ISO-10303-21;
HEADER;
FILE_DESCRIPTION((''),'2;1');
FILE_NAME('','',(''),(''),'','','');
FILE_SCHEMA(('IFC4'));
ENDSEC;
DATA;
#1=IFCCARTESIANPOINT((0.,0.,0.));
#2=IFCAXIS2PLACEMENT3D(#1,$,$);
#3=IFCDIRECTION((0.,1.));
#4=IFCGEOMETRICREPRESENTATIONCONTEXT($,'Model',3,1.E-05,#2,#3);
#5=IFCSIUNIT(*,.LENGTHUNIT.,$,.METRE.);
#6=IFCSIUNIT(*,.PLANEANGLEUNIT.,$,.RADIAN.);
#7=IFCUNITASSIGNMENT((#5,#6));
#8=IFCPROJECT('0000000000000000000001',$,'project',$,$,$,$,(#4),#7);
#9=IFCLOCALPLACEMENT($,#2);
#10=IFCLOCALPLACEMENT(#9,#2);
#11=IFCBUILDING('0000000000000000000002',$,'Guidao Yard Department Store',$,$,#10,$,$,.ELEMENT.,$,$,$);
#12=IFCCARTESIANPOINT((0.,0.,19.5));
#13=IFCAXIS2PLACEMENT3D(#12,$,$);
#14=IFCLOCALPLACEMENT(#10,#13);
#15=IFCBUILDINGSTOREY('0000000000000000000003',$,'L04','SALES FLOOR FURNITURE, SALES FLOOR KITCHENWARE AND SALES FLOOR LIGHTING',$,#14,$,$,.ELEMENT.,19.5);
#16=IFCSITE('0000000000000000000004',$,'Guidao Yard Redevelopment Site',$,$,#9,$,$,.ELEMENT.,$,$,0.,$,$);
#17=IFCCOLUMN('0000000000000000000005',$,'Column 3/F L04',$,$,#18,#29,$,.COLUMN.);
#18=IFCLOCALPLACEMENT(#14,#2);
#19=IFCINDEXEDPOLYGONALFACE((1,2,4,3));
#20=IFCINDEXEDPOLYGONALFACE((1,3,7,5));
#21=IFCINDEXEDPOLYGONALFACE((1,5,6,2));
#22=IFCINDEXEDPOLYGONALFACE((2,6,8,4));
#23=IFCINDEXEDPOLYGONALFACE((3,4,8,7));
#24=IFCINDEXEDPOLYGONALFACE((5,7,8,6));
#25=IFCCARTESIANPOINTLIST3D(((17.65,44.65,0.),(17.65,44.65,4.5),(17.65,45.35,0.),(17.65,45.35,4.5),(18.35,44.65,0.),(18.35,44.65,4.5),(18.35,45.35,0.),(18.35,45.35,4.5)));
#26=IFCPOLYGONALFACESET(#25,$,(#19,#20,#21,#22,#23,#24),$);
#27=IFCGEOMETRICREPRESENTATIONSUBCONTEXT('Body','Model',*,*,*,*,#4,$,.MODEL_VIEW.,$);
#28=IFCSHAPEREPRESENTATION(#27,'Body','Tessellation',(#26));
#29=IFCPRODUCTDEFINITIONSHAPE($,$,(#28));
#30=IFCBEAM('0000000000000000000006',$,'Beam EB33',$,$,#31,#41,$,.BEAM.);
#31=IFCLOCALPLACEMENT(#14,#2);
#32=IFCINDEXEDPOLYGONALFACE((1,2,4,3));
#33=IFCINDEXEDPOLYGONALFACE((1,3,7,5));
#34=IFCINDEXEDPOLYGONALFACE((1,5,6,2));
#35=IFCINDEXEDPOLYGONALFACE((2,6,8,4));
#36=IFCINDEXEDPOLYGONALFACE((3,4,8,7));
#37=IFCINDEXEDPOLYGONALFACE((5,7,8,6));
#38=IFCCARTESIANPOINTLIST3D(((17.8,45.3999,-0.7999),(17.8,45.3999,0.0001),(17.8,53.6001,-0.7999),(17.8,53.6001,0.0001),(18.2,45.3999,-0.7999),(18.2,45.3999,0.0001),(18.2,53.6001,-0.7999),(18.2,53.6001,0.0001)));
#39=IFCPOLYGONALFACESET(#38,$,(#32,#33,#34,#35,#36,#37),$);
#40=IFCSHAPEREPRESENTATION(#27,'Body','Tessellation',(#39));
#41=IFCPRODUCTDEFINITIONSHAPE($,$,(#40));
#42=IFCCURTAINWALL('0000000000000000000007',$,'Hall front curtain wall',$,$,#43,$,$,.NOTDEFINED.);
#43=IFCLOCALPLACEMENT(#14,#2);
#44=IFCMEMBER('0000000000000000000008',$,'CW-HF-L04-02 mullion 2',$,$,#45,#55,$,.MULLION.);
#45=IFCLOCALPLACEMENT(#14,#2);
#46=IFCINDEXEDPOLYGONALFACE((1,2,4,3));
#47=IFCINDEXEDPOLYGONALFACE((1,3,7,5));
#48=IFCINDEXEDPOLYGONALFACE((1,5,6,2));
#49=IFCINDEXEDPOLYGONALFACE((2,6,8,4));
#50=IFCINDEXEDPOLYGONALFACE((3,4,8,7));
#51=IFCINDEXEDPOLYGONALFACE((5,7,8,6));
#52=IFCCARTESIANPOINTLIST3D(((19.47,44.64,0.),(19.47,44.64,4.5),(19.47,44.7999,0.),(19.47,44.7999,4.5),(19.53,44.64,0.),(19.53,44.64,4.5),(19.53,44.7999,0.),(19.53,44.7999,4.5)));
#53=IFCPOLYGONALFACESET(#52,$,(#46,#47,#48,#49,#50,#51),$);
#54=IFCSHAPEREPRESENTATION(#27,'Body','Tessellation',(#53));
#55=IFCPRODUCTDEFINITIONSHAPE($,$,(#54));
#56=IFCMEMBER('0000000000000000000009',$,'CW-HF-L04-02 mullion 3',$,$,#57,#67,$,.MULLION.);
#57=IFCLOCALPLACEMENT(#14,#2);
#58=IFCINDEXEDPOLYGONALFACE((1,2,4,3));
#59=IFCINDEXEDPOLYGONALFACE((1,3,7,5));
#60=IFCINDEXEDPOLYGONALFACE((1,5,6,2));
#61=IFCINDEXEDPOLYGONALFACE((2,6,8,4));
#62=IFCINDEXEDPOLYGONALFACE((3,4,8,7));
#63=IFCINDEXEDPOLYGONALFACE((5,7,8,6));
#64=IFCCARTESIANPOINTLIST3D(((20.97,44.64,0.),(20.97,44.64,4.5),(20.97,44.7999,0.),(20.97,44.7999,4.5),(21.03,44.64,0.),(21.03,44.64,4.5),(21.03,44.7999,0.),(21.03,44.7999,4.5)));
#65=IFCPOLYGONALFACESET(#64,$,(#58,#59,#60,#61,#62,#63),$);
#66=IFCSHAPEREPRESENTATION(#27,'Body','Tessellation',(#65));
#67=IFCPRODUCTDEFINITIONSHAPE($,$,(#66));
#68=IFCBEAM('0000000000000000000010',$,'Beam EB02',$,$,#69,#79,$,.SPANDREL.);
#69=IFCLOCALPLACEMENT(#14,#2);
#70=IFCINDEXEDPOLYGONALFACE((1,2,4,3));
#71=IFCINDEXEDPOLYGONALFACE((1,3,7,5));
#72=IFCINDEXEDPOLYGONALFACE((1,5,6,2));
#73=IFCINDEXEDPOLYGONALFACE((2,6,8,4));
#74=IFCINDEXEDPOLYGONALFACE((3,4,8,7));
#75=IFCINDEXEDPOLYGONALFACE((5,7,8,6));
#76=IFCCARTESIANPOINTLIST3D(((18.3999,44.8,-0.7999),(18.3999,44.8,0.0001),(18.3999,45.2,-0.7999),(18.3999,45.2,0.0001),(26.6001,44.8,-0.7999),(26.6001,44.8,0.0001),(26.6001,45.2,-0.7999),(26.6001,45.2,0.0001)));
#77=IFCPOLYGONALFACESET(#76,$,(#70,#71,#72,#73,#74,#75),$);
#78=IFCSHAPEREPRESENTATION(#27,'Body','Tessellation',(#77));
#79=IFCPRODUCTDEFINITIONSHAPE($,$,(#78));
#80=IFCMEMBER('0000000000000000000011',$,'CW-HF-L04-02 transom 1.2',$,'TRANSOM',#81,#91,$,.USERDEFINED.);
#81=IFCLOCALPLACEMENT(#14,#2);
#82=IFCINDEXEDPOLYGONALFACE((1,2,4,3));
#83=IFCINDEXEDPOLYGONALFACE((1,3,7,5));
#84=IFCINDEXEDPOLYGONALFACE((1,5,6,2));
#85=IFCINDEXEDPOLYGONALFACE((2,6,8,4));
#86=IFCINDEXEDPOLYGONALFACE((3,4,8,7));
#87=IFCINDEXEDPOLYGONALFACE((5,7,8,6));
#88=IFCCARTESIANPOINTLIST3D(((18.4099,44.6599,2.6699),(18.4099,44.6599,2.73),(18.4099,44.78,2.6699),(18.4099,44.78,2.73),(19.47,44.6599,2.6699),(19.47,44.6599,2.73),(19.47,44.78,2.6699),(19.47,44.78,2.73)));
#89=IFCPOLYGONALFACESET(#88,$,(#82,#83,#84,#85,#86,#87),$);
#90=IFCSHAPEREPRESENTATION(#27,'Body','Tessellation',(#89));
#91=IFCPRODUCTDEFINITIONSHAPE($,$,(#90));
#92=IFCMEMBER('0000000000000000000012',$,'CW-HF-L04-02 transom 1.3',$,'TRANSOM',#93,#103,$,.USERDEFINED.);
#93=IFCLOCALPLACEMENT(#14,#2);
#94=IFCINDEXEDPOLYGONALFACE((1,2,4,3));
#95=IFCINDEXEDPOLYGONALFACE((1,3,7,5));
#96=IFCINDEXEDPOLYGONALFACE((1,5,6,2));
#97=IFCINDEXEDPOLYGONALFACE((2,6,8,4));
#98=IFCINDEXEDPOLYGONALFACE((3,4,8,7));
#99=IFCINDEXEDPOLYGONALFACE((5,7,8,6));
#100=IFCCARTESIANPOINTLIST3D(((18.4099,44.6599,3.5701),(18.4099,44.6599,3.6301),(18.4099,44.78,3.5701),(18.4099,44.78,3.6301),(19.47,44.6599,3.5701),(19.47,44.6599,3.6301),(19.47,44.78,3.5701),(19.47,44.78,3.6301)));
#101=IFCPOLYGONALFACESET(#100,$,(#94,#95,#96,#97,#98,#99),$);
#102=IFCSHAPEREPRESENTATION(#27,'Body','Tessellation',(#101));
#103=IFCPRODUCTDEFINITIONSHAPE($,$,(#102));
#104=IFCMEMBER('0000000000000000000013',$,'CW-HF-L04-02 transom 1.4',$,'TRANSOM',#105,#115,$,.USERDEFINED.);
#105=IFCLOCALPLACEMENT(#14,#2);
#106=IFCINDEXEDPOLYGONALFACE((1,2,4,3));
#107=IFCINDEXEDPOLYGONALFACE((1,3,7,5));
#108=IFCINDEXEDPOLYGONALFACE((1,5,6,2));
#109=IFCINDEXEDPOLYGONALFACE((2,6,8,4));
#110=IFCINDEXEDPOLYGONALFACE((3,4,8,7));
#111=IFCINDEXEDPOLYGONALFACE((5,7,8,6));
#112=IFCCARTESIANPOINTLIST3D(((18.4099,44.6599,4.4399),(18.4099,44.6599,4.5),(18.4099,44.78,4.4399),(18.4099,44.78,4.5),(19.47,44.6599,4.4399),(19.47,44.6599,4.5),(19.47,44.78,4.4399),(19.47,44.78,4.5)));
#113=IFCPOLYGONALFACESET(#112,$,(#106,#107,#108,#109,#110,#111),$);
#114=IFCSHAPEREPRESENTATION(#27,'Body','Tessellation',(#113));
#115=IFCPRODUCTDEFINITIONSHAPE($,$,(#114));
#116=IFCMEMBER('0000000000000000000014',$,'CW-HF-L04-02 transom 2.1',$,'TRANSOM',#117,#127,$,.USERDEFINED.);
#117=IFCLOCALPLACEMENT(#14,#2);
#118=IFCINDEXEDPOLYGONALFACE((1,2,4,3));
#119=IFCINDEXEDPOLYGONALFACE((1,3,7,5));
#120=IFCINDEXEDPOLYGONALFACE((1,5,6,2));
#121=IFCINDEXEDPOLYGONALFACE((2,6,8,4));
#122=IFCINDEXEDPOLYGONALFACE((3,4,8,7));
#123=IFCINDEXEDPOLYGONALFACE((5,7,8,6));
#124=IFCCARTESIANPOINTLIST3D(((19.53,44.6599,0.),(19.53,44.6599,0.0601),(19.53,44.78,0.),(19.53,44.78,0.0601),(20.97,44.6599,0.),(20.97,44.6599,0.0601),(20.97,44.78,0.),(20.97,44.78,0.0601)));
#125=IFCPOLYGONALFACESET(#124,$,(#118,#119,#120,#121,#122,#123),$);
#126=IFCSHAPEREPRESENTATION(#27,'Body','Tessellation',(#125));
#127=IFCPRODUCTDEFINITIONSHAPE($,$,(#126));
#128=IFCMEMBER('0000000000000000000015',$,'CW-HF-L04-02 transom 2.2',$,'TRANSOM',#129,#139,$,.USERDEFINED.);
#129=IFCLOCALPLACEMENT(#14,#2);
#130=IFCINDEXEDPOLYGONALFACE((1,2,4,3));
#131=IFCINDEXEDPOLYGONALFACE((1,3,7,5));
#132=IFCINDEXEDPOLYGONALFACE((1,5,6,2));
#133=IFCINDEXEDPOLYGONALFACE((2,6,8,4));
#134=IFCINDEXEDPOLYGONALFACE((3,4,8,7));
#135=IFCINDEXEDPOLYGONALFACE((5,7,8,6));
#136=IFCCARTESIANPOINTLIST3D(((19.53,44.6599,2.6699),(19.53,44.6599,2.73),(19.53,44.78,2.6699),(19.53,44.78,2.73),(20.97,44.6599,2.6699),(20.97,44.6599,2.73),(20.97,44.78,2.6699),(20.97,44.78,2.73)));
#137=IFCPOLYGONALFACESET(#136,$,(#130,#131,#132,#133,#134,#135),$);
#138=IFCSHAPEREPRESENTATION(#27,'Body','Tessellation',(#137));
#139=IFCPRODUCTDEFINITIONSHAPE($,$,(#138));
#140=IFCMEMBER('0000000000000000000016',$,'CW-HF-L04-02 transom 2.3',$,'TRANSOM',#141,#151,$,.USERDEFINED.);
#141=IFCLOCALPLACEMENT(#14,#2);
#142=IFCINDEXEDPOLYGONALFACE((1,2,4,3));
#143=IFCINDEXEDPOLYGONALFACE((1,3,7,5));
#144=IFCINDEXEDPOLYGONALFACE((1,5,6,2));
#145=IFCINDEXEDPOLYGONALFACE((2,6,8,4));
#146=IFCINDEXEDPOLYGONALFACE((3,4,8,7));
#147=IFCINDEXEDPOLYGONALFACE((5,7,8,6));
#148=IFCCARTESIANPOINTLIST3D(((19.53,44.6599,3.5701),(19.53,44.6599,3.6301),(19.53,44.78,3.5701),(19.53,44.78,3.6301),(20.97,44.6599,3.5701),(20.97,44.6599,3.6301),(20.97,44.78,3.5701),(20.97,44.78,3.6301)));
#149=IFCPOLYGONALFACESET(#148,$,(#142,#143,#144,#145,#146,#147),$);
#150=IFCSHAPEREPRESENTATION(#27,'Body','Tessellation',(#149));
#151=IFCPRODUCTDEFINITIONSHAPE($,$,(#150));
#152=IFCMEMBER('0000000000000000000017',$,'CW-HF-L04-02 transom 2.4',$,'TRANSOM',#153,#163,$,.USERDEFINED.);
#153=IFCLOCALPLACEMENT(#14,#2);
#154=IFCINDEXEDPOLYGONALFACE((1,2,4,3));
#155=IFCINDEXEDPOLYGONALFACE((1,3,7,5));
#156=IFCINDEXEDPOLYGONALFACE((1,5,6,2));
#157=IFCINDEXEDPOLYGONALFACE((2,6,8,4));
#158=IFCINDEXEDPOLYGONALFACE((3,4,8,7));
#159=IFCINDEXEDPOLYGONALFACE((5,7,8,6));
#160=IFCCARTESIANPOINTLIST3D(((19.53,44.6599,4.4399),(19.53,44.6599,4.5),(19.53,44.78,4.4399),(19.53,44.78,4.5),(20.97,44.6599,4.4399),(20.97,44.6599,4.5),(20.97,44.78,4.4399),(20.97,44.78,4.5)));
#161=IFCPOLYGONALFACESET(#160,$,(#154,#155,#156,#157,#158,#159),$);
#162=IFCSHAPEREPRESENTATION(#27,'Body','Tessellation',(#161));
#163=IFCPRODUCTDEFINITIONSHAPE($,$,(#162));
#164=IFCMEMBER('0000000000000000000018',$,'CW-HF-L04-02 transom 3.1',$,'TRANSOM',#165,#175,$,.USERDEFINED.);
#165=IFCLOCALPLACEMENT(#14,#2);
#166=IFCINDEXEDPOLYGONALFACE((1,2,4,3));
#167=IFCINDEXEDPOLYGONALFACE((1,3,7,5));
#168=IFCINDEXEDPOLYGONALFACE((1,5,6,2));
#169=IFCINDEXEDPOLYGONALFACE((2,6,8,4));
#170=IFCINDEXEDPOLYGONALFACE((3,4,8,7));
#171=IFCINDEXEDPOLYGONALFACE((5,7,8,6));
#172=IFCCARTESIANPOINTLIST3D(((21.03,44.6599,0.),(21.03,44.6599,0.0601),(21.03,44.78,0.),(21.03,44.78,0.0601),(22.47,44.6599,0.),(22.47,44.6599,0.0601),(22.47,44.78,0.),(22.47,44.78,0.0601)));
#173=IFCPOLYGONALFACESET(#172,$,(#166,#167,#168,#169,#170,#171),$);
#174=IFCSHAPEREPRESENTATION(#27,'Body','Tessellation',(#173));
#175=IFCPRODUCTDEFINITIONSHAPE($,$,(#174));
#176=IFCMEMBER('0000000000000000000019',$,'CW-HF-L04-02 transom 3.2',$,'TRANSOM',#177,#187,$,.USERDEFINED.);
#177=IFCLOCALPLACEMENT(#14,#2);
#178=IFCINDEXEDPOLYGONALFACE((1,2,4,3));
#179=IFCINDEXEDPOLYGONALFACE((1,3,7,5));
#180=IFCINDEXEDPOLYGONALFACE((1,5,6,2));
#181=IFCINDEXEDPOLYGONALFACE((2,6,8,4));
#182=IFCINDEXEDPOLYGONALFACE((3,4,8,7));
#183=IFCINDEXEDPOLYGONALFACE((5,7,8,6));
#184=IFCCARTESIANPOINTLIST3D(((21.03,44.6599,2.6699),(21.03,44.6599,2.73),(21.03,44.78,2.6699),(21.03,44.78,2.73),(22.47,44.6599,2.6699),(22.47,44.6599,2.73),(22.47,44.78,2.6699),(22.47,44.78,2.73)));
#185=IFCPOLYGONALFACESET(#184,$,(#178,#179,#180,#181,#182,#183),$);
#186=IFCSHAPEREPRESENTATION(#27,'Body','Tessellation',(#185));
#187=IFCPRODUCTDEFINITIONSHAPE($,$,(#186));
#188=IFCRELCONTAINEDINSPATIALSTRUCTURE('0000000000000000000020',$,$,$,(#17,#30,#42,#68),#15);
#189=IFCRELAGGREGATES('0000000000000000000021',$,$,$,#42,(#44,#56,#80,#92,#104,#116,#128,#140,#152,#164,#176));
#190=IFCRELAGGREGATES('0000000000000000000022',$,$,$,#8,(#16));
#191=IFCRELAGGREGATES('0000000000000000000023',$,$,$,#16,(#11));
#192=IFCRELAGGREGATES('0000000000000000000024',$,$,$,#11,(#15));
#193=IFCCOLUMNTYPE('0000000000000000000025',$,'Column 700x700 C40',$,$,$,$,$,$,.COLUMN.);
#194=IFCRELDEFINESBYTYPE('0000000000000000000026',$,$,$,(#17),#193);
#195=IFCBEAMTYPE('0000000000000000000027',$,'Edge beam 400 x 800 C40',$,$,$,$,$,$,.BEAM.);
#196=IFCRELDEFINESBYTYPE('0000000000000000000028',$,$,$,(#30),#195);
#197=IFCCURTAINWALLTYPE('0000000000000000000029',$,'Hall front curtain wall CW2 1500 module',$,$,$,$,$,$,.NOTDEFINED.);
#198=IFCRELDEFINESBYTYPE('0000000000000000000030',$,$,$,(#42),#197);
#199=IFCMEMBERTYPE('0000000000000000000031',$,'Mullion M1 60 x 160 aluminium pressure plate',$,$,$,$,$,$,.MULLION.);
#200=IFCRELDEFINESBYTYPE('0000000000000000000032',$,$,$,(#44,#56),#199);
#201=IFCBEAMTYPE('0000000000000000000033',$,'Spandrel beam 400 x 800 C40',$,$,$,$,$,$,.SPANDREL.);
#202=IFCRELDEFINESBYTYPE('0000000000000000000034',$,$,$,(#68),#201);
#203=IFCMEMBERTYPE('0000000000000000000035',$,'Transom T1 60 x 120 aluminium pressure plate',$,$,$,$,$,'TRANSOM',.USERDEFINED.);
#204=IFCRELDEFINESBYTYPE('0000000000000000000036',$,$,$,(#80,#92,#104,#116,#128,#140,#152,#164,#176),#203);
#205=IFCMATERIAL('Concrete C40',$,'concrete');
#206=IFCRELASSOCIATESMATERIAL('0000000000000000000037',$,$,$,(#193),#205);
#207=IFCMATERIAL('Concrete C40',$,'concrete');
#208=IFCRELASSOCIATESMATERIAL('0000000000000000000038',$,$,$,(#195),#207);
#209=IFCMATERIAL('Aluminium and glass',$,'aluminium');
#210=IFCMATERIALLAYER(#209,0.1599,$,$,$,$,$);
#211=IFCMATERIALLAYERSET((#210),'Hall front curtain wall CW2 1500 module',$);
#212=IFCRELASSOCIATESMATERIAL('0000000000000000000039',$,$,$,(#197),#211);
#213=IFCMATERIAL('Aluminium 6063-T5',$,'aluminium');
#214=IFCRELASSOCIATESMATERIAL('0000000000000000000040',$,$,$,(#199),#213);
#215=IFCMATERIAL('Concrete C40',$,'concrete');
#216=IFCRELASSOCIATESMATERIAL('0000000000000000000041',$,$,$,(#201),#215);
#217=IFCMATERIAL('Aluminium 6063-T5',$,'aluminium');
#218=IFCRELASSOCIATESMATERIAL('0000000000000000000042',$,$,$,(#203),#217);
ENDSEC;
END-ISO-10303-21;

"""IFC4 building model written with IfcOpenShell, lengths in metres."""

from ifc_helpers import new_model, si_unit, direction, frame, origin, origin_2d, place, context, subcontext, project, spatial, rectangle, extrude, material, layer, layer_set, material_profile, profile_set, type_object, element, aggregate, save


model = new_model("IFC4")

# Units and contexts
model_context = context("Model", 3, precision=1e-05, world=origin(), true_north=direction((0.0, 1.0)))
body_context = subcontext(model_context, "Body", "Model", "MODEL_VIEW")
ifc_project = project(units=[si_unit("LENGTHUNIT", "METRE"), si_unit("PLANEANGLEUNIT", "RADIAN")], contexts=[model_context])

# Site, building, storey
site_placement = place(None, origin())
site = spatial("IfcSite", under=ifc_project, at=site_placement, Name="Guidao Yard Redevelopment Site", CompositionType="ELEMENT", RefElevation=0.0)
building_placement = place(site_placement, origin())
building = spatial("IfcBuilding", under=site, at=building_placement, Name="Guidao Yard Department Store", CompositionType="ELEMENT")
storey_placement = place(building_placement, frame((0.0, 0.0, 19.5)))
storey = spatial("IfcBuildingStorey", under=building, at=storey_placement, Name="L04", Description="SALES FLOOR FURNITURE, SALES FLOOR KITCHENWARE AND SALES FLOOR LIGHTING", CompositionType="ELEMENT", Elevation=19.5)

# Column
ifc_material_1 = material(Name="Concrete C40", Category="concrete")
ifc_material_profile_1 = material_profile(ifc_material_1, rectangle(XDim=0.7, YDim=0.7, at=origin_2d()), Name="COL 700x700")
ifc_profile_set_1 = profile_set([ifc_material_profile_1], Name="Concrete C40")
column_type = type_object("IfcColumnType", Name="Column 700x700 C40", PredefinedType="COLUMN", material=ifc_profile_set_1)
column_placement = place(storey_placement, frame((18.0, 45.0, 0.0), z_axis=(0.0, 0.0, 1.0), x_axis=(1.0, 0.0, 0.0)))
element("IfcColumn", 1, at=column_placement, inside=storey, type_object=column_type, Name="Column 3/F L04", PredefinedType="COLUMN", context=body_context, shape_type="SweptSolid", body=[
    extrude(rectangle(XDim=0.7, YDim=0.7, at=origin_2d()), origin(), (0.0, 0.0, 1.0), 4.5),
])

# Beam
ifc_material_2 = material(Name="Concrete C40", Category="concrete")
ifc_material_profile_2 = material_profile(ifc_material_2, rectangle(XDim=0.3999, YDim=0.8, at=origin_2d()), Name="Edge beam 400 x 800 C40")
ifc_profile_set_2 = profile_set([ifc_material_profile_2], Name="Concrete C40")
beam_type_1 = type_object("IfcBeamType", Name="Edge beam 400 x 800 C40", PredefinedType="BEAM", material=ifc_profile_set_2)
beam_1_placement = place(storey_placement, frame((18.0, 45.3999, -0.3999), z_axis=(0.0, 1.0, 0.0), x_axis=(-1.0, 0.0, 0.0)))
element("IfcBeam", 2, at=beam_1_placement, inside=storey, type_object=beam_type_1, Name="Beam EB33", PredefinedType="BEAM", context=body_context, shape_type="SweptSolid", body=[
    extrude(rectangle(XDim=0.3999, YDim=0.8, at=origin_2d()), origin(), (0.0, 0.0, 1.0), 8.2002),
])

# Curtain wall, members
ifc_material_3 = material(Name="Aluminium and glass", Category="aluminium")
ifc_layer_1 = layer(ifc_material_3, 0.1599)
ifc_layer_set_1 = layer_set([ifc_layer_1], Name="Hall front curtain wall CW2 1500 module")
curtain_wall_type = type_object("IfcCurtainWallType", Name="Hall front curtain wall CW2 1500 module", PredefinedType="NOTDEFINED", material=ifc_layer_set_1)
curtain_wall_placement = place(storey_placement, origin())
curtain_wall = element("IfcCurtainWall", 3, at=curtain_wall_placement, inside=storey, type_object=curtain_wall_type, Name="Hall front curtain wall", PredefinedType="NOTDEFINED")
ifc_material_4 = material(Name="Aluminium 6063-T5", Category="aluminium")
ifc_material_profile_3 = material_profile(ifc_material_4, rectangle(XDim=0.0601, YDim=0.1599, at=origin_2d()), Name="Mullion M1 60 x 160 aluminium pressure plate")
ifc_profile_set_3 = profile_set([ifc_material_profile_3], Name="Aluminium 6063-T5")
member_type_1 = type_object("IfcMemberType", Name="Mullion M1 60 x 160 aluminium pressure plate", PredefinedType="MULLION", material=ifc_profile_set_3)
member_1_placement = place(storey_placement, frame((19.5, 44.72, 0.0), z_axis=(0.0, 0.0, 1.0), x_axis=(-1.0, 0.0, 0.0)))
member_1 = element("IfcMember", 4, at=member_1_placement, type_object=member_type_1, Name="CW-HF-L04-02 mullion 2", PredefinedType="MULLION", context=body_context, shape_type="SweptSolid", body=[
    extrude(rectangle(XDim=0.0601, YDim=0.1599, at=origin_2d()), origin(), (0.0, 0.0, 1.0), 4.5),
])
member_2_placement = place(storey_placement, frame((21.0, 44.72, 0.0), z_axis=(0.0, 0.0, 1.0), x_axis=(-1.0, 0.0, 0.0)))
member_2 = element("IfcMember", 5, at=member_2_placement, type_object=member_type_1, Name="CW-HF-L04-02 mullion 3", PredefinedType="MULLION", context=body_context, shape_type="SweptSolid", body=[
    extrude(rectangle(XDim=0.0601, YDim=0.1599, at=origin_2d()), origin(), (0.0, 0.0, 1.0), 4.5),
])

# Beam
ifc_material_5 = material(Name="Concrete C40", Category="concrete")
ifc_material_profile_4 = material_profile(ifc_material_5, rectangle(XDim=0.3999, YDim=0.8, at=origin_2d()), Name="Spandrel beam 400 x 800 C40")
ifc_profile_set_4 = profile_set([ifc_material_profile_4], Name="Concrete C40")
beam_type_2 = type_object("IfcBeamType", Name="Spandrel beam 400 x 800 C40", PredefinedType="SPANDREL", material=ifc_profile_set_4)
beam_2_placement = place(storey_placement, frame((18.3999, 45.0, -0.3999), z_axis=(1.0, 0.0, 0.0), x_axis=(0.0, 1.0, 0.0)))
element("IfcBeam", 6, at=beam_2_placement, inside=storey, type_object=beam_type_2, Name="Beam EB02", PredefinedType="SPANDREL", context=body_context, shape_type="SweptSolid", body=[
    extrude(rectangle(XDim=0.3999, YDim=0.8, at=origin_2d()), origin(), (0.0, 0.0, 1.0), 8.2002),
])

# Members
ifc_material_6 = material(Name="Aluminium 6063-T5", Category="aluminium")
ifc_material_profile_5 = material_profile(ifc_material_6, rectangle(XDim=0.1201, YDim=0.0601, at=origin_2d()), Name="Transom T1 60 x 120 aluminium pressure plate")
ifc_profile_set_5 = profile_set([ifc_material_profile_5], Name="Aluminium 6063-T5")
member_type_2 = type_object("IfcMemberType", Name="Transom T1 60 x 120 aluminium pressure plate", ElementType="TRANSOM", PredefinedType="USERDEFINED", material=ifc_profile_set_5)
member_3_placement = place(storey_placement, frame((19.47, 44.72, 2.7), z_axis=(-1.0, 0.0, 0.0), x_axis=(0.0, -1.0, 0.0)))
member_3 = element("IfcMember", 7, at=member_3_placement, type_object=member_type_2, Name="CW-HF-L04-02 transom 1.2", ObjectType="TRANSOM", PredefinedType="USERDEFINED", context=body_context, shape_type="SweptSolid", body=[
    extrude(rectangle(XDim=0.1201, YDim=0.0601, at=origin_2d()), origin(), (0.0, 0.0, 1.0), 1.0601),
])
member_4_placement = place(storey_placement, frame((19.47, 44.72, 3.6001), z_axis=(-1.0, 0.0, 0.0), x_axis=(0.0, -1.0, 0.0)))
member_4 = element("IfcMember", 8, at=member_4_placement, type_object=member_type_2, Name="CW-HF-L04-02 transom 1.3", ObjectType="TRANSOM", PredefinedType="USERDEFINED", context=body_context, shape_type="SweptSolid", body=[
    extrude(rectangle(XDim=0.1201, YDim=0.0601, at=origin_2d()), origin(), (0.0, 0.0, 1.0), 1.0601),
])
member_5_placement = place(storey_placement, frame((19.47, 44.72, 4.47), z_axis=(-1.0, 0.0, 0.0), x_axis=(0.0, -1.0, 0.0)))
member_5 = element("IfcMember", 9, at=member_5_placement, type_object=member_type_2, Name="CW-HF-L04-02 transom 1.4", ObjectType="TRANSOM", PredefinedType="USERDEFINED", context=body_context, shape_type="SweptSolid", body=[
    extrude(rectangle(XDim=0.1201, YDim=0.0601, at=origin_2d()), origin(), (0.0, 0.0, 1.0), 1.0601),
])
member_6_placement = place(storey_placement, frame((20.97, 44.72, 0.03), z_axis=(-1.0, 0.0, 0.0), x_axis=(0.0, -1.0, 0.0)))
member_6 = element("IfcMember", 10, at=member_6_placement, type_object=member_type_2, Name="CW-HF-L04-02 transom 2.1", ObjectType="TRANSOM", PredefinedType="USERDEFINED", context=body_context, shape_type="SweptSolid", body=[
    extrude(rectangle(XDim=0.1201, YDim=0.0601, at=origin_2d()), origin(), (0.0, 0.0, 1.0), 1.4399),
])
member_7_placement = place(storey_placement, frame((20.97, 44.72, 2.7), z_axis=(-1.0, 0.0, 0.0), x_axis=(0.0, -1.0, 0.0)))
member_7 = element("IfcMember", 11, at=member_7_placement, type_object=member_type_2, Name="CW-HF-L04-02 transom 2.2", ObjectType="TRANSOM", PredefinedType="USERDEFINED", context=body_context, shape_type="SweptSolid", body=[
    extrude(rectangle(XDim=0.1201, YDim=0.0601, at=origin_2d()), origin(), (0.0, 0.0, 1.0), 1.4399),
])
member_8_placement = place(storey_placement, frame((20.97, 44.72, 3.6001), z_axis=(-1.0, 0.0, 0.0), x_axis=(0.0, -1.0, 0.0)))
member_8 = element("IfcMember", 12, at=member_8_placement, type_object=member_type_2, Name="CW-HF-L04-02 transom 2.3", ObjectType="TRANSOM", PredefinedType="USERDEFINED", context=body_context, shape_type="SweptSolid", body=[
    extrude(rectangle(XDim=0.1201, YDim=0.0601, at=origin_2d()), origin(), (0.0, 0.0, 1.0), 1.4399),
])
member_9_placement = place(storey_placement, frame((20.97, 44.72, 4.47), z_axis=(-1.0, 0.0, 0.0), x_axis=(0.0, -1.0, 0.0)))
member_9 = element("IfcMember", 13, at=member_9_placement, type_object=member_type_2, Name="CW-HF-L04-02 transom 2.4", ObjectType="TRANSOM", PredefinedType="USERDEFINED", context=body_context, shape_type="SweptSolid", body=[
    extrude(rectangle(XDim=0.1201, YDim=0.0601, at=origin_2d()), origin(), (0.0, 0.0, 1.0), 1.4399),
])
member_10_placement = place(storey_placement, frame((22.47, 44.72, 0.03), z_axis=(-1.0, 0.0, 0.0), x_axis=(0.0, -1.0, 0.0)))
member_10 = element("IfcMember", 14, at=member_10_placement, type_object=member_type_2, Name="CW-HF-L04-02 transom 3.1", ObjectType="TRANSOM", PredefinedType="USERDEFINED", context=body_context, shape_type="SweptSolid", body=[
    extrude(rectangle(XDim=0.1201, YDim=0.0601, at=origin_2d()), origin(), (0.0, 0.0, 1.0), 1.4399),
])
member_11_placement = place(storey_placement, frame((22.47, 44.72, 2.7), z_axis=(-1.0, 0.0, 0.0), x_axis=(0.0, -1.0, 0.0)))
member_11 = element("IfcMember", 15, at=member_11_placement, type_object=member_type_2, Name="CW-HF-L04-02 transom 3.2", ObjectType="TRANSOM", PredefinedType="USERDEFINED", context=body_context, shape_type="SweptSolid", body=[
    extrude(rectangle(XDim=0.1201, YDim=0.0601, at=origin_2d()), origin(), (0.0, 0.0, 1.0), 1.4399),
])

aggregate(curtain_wall, [member_1, member_2, member_3, member_4, member_5, member_6, member_7, member_8, member_9, member_10, member_11])

save(model, "model.ifc")
